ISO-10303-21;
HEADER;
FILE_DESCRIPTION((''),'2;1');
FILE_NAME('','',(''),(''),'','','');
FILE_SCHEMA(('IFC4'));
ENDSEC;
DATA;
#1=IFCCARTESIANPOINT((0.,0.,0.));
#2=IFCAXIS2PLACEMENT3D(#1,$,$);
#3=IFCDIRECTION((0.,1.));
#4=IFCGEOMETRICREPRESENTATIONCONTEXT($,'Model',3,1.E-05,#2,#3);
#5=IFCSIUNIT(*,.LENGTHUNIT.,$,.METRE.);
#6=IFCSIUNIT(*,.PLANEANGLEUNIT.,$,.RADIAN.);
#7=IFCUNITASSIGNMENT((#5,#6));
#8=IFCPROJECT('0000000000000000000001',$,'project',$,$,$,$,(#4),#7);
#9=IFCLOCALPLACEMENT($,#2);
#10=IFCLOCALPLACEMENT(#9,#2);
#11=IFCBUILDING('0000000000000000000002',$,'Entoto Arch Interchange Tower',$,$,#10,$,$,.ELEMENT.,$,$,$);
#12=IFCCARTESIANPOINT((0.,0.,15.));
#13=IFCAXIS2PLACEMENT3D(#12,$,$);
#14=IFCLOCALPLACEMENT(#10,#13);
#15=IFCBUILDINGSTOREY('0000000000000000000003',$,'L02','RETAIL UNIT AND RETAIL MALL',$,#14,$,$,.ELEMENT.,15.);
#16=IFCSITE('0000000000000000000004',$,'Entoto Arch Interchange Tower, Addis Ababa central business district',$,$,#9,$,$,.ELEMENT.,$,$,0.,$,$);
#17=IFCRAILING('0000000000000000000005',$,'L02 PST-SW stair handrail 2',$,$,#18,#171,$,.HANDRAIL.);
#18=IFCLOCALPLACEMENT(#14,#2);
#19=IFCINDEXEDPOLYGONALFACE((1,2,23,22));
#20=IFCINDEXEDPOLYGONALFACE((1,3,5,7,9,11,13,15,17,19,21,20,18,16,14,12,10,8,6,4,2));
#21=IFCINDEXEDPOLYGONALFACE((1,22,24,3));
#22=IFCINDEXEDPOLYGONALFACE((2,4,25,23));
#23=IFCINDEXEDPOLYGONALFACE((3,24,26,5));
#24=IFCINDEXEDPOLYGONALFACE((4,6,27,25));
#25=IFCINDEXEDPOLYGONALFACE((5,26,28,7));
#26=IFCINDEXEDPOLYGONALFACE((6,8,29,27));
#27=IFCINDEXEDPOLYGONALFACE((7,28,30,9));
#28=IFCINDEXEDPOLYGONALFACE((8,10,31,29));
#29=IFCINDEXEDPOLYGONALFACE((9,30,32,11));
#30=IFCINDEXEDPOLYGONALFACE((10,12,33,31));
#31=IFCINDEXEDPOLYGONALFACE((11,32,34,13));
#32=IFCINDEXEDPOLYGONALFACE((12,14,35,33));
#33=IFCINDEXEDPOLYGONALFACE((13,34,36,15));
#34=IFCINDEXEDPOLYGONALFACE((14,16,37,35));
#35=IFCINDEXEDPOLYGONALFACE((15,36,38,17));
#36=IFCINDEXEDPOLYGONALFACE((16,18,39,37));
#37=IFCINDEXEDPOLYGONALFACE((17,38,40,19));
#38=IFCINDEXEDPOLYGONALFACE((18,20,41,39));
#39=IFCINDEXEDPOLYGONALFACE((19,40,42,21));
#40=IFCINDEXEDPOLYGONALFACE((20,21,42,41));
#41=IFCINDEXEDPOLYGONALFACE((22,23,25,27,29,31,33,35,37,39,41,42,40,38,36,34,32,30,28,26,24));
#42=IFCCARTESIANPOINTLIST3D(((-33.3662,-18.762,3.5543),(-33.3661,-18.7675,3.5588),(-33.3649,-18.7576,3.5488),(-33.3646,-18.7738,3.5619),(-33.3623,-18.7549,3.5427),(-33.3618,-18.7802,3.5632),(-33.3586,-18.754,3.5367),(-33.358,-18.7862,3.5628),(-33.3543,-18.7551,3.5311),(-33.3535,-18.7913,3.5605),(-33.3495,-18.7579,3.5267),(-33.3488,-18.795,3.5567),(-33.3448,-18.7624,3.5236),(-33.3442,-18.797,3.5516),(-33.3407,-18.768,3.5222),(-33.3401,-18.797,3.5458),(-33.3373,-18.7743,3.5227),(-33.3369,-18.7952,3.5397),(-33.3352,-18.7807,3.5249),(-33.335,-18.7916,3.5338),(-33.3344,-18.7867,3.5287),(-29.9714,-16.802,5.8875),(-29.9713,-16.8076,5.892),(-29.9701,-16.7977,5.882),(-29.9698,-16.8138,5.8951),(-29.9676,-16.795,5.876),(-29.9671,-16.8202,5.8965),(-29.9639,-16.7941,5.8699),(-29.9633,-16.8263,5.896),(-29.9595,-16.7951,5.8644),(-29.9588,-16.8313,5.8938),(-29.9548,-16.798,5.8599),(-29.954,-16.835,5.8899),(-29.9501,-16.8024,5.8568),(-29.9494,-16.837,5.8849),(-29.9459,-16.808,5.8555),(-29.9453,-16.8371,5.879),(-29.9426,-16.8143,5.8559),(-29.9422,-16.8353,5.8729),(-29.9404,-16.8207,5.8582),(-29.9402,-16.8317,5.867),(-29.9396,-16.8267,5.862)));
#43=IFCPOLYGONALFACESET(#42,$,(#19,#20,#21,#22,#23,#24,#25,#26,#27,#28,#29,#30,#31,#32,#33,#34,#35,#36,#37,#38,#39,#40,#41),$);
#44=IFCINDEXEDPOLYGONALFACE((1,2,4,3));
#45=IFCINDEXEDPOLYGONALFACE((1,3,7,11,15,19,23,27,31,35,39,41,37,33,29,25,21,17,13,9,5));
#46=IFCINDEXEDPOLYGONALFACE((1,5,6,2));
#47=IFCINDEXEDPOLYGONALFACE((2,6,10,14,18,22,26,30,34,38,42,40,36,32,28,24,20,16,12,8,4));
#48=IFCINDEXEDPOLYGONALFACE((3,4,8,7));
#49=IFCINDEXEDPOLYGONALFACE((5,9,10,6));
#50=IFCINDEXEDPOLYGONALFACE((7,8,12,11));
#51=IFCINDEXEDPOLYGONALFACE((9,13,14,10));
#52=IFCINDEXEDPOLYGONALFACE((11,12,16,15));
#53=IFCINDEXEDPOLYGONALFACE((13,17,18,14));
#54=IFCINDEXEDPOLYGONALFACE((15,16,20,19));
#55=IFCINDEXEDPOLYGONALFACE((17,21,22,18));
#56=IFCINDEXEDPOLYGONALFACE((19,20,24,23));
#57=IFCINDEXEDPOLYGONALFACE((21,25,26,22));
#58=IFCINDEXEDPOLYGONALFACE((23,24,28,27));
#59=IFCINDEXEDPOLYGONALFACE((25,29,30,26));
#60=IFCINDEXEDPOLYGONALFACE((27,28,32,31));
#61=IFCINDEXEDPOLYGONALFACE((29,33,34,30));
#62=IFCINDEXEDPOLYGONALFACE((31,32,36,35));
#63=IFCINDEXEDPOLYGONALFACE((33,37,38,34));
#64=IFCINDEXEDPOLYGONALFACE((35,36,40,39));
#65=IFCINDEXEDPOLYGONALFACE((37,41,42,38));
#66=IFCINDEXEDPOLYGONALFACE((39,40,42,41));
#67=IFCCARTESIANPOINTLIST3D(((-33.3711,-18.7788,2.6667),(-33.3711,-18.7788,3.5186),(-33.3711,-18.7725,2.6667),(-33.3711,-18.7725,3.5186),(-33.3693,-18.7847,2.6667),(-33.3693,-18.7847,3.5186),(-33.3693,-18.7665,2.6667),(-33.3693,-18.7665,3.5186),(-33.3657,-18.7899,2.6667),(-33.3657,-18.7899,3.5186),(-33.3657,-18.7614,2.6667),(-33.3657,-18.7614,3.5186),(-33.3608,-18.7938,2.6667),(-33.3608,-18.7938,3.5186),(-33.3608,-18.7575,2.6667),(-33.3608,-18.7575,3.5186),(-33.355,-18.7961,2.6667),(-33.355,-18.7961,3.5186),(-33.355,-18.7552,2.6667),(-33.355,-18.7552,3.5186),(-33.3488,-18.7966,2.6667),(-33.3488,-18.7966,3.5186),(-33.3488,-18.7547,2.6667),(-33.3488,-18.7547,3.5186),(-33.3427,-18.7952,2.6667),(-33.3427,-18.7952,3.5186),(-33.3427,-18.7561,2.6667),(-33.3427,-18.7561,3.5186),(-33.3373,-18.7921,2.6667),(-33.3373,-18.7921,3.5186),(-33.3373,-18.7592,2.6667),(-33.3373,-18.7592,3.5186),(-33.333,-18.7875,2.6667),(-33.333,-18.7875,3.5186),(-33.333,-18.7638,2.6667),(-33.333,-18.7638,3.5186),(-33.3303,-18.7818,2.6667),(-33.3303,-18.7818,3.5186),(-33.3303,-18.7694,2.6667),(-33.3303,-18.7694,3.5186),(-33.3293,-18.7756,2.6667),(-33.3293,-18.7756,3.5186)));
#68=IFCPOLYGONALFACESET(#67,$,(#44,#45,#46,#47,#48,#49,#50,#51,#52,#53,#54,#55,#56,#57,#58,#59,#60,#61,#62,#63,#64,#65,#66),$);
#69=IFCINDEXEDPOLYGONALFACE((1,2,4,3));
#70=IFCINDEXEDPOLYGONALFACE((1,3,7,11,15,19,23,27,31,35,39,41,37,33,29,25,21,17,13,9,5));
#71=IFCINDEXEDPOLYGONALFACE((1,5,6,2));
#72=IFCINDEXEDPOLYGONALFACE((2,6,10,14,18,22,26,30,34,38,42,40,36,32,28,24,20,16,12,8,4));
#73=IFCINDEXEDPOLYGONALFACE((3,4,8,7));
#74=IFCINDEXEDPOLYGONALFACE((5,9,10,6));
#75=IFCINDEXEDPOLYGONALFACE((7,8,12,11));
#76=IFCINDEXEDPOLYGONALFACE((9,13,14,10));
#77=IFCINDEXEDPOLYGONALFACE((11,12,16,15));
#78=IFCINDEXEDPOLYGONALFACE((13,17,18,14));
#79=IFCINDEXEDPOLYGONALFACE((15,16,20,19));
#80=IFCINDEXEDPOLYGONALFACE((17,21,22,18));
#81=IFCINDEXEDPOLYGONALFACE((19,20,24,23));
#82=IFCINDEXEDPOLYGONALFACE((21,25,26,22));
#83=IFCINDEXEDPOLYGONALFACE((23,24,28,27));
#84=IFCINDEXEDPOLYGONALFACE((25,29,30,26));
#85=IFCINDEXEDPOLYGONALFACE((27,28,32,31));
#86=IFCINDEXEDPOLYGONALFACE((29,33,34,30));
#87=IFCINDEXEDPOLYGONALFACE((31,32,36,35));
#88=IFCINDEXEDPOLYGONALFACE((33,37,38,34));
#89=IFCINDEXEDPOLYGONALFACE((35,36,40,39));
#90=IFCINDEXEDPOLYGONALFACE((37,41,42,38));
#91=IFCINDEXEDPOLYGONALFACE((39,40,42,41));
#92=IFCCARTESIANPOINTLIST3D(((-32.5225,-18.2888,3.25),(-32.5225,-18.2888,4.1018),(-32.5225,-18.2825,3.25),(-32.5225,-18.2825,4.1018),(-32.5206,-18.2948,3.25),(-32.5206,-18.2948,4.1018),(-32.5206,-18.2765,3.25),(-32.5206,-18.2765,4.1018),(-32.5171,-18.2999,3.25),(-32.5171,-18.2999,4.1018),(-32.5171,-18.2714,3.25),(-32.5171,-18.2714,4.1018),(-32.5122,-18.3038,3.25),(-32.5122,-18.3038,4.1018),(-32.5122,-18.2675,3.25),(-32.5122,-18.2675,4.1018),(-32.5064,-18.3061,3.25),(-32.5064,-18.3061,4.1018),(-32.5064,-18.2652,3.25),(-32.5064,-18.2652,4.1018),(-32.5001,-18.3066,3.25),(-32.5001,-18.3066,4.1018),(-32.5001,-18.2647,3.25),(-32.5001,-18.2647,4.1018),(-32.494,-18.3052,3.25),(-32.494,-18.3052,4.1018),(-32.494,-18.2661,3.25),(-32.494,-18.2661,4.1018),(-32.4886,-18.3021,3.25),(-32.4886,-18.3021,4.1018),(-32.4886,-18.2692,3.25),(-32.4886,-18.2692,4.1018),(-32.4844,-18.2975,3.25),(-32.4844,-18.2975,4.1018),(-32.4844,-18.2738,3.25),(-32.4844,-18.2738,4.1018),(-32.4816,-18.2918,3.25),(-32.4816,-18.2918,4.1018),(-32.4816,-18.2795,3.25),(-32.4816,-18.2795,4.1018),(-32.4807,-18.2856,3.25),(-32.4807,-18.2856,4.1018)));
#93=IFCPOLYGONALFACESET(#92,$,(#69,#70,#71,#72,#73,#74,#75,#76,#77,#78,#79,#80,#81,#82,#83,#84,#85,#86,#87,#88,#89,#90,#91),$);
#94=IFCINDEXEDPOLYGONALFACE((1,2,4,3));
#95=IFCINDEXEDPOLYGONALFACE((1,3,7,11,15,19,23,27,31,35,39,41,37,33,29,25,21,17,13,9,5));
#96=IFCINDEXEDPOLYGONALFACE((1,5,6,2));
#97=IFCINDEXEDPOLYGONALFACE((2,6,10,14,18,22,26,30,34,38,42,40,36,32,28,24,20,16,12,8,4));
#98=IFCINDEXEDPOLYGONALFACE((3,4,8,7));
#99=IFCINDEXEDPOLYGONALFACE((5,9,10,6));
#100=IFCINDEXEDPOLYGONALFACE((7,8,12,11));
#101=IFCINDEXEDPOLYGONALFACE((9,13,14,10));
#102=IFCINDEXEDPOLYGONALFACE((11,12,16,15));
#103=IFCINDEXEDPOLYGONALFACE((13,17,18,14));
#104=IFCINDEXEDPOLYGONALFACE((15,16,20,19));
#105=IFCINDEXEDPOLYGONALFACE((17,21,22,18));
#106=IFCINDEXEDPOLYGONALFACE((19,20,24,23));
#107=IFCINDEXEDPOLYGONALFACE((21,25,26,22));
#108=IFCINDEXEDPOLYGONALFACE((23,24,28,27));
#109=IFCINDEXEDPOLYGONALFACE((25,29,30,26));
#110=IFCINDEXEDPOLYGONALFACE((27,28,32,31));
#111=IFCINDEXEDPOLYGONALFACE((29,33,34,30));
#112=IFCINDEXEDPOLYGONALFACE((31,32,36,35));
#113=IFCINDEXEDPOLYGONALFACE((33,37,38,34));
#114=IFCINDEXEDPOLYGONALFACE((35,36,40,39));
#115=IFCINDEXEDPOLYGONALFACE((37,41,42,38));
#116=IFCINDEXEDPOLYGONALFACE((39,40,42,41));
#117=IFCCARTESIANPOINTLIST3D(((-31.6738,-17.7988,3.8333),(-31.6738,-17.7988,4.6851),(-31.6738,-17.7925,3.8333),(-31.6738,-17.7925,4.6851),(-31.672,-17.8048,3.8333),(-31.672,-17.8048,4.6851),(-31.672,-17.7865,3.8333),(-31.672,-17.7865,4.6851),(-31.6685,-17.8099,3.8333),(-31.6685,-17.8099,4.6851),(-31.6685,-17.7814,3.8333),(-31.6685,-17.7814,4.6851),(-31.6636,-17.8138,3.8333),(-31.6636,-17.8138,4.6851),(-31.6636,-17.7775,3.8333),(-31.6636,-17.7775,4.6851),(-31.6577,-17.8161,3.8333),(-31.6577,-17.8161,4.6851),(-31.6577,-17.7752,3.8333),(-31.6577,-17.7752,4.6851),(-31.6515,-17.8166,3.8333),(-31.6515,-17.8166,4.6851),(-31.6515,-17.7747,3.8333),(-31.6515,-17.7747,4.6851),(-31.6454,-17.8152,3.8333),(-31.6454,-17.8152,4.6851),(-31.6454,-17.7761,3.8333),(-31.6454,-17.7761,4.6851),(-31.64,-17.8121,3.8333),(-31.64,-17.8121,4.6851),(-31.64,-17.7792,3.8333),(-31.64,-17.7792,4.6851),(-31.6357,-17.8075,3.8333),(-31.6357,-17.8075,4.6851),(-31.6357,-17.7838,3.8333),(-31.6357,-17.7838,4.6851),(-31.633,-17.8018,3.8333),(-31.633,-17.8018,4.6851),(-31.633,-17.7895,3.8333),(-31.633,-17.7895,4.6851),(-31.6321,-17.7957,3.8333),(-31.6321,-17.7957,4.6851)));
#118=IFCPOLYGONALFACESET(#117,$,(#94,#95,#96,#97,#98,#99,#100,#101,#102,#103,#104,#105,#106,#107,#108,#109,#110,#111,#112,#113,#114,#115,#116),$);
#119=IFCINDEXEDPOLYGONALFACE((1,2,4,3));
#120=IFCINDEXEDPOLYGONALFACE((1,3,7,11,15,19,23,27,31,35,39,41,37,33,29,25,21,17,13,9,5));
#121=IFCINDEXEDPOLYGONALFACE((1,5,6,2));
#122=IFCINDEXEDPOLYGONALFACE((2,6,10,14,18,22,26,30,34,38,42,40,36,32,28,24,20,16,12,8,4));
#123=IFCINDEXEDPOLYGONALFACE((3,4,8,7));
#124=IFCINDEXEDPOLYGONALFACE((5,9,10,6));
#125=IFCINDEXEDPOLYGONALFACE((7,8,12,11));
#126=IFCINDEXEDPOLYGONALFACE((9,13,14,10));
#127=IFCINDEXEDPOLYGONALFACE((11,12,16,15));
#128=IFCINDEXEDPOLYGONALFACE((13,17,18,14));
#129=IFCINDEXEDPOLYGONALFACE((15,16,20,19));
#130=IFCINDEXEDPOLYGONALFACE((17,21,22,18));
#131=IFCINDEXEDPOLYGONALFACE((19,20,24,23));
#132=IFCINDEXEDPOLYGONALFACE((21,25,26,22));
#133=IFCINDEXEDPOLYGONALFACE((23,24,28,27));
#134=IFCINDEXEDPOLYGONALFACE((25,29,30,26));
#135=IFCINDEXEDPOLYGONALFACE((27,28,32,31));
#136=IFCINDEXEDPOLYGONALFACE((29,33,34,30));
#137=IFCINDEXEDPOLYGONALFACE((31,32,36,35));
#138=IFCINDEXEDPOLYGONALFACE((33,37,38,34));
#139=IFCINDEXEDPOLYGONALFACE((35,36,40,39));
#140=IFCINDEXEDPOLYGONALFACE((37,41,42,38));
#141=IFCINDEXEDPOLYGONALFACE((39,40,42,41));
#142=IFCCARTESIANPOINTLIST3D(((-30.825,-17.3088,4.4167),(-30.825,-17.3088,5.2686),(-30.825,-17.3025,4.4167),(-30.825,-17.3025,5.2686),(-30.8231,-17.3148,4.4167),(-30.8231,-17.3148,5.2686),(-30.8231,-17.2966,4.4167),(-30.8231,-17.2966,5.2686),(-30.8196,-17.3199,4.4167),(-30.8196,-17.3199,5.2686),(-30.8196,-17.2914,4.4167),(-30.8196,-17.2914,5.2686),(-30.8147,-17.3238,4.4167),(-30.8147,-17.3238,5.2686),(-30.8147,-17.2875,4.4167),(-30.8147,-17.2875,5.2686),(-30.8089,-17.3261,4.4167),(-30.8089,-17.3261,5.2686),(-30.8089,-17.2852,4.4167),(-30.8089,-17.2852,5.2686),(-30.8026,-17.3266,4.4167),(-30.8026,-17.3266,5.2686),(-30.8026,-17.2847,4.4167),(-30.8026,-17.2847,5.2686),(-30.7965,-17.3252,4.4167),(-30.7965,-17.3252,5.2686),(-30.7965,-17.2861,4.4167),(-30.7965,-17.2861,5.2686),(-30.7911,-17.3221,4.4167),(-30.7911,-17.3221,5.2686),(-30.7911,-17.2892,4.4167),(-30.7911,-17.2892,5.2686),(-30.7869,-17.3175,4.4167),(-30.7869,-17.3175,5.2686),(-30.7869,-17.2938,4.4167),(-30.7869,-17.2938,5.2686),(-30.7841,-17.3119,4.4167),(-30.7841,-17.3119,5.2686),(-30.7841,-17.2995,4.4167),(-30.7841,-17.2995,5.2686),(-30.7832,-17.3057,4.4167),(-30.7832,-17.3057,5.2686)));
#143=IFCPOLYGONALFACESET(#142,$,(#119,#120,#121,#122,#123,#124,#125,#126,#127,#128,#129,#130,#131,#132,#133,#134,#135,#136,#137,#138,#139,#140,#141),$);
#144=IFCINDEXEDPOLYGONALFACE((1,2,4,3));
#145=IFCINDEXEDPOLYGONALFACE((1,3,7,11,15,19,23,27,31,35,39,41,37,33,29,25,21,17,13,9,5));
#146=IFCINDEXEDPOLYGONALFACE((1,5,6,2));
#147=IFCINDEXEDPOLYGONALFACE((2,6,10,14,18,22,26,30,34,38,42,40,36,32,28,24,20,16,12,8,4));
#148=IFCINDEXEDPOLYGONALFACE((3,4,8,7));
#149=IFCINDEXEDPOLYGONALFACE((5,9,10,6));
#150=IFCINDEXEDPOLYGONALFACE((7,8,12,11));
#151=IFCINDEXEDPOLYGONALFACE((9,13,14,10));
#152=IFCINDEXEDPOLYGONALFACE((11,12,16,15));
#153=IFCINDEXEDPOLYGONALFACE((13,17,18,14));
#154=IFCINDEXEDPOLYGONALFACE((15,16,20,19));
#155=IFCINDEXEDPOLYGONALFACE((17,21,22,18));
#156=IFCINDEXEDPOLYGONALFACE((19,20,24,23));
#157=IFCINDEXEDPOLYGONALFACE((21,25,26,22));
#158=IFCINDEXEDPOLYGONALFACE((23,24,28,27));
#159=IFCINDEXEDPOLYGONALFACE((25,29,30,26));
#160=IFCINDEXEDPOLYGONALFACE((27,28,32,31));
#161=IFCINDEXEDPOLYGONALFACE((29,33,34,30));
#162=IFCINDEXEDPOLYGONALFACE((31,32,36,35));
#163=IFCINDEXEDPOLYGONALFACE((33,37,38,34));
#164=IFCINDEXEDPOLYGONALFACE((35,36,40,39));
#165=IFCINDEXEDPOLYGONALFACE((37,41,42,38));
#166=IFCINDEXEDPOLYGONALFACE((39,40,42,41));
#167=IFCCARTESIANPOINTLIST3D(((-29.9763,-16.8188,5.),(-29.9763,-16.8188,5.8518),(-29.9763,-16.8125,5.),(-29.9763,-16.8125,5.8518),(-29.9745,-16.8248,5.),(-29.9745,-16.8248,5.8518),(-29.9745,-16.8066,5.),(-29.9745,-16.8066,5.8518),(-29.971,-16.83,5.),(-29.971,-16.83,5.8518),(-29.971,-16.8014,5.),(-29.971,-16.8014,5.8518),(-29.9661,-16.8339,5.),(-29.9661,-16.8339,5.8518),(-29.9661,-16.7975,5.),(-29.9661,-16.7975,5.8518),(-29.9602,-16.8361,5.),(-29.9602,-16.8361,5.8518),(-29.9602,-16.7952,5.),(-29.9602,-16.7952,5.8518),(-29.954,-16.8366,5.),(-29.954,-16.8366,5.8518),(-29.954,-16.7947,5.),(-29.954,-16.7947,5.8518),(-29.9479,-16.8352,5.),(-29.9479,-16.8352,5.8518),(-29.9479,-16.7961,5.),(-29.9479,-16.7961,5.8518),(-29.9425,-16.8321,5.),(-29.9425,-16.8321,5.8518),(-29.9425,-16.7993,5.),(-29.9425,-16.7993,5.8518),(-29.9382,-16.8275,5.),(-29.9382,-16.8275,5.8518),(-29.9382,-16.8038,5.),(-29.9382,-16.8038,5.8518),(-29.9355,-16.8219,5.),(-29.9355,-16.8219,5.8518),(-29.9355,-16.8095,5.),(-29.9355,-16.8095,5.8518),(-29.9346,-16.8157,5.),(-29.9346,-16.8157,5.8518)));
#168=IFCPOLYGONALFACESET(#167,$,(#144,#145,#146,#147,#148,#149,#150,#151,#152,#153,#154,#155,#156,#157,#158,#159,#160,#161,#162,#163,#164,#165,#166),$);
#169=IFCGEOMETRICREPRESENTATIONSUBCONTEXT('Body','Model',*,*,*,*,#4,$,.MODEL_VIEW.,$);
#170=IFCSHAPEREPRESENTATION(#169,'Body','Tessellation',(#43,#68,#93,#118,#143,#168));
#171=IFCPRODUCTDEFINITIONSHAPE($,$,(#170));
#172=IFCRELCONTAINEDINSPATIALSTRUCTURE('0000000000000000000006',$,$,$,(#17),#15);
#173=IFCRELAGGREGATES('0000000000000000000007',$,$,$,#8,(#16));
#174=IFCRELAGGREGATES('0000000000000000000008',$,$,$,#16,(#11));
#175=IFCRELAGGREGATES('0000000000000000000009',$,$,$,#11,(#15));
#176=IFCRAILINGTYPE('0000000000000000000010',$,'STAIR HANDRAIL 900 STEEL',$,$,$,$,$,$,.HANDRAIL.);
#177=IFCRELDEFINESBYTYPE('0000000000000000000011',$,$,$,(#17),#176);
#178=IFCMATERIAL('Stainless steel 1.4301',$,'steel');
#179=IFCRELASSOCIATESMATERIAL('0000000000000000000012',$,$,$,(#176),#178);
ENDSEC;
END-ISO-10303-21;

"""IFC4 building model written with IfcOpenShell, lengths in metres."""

from ifc_helpers import new_model, si_unit, direction, frame, origin, origin_2d, place, context, subcontext, project, spatial, circle, extrude, material, type_object, element, save


model = new_model("IFC4")

# Units and contexts
model_context = context("Model", 3, precision=1e-05, world=origin(), true_north=direction((0.0, 1.0)))
body_context = subcontext(model_context, "Body", "Model", "MODEL_VIEW")
ifc_project = project(units=[si_unit("LENGTHUNIT", "METRE"), si_unit("PLANEANGLEUNIT", "RADIAN")], contexts=[model_context])

# Site, building, storey
site_placement = place(None, origin())
site = spatial("IfcSite", under=ifc_project, at=site_placement, Name="Entoto Arch Interchange Tower, Addis Ababa central business district", CompositionType="ELEMENT", RefElevation=0.0)
building_placement = place(site_placement, origin())
building = spatial("IfcBuilding", under=site, at=building_placement, Name="Entoto Arch Interchange Tower", CompositionType="ELEMENT")
storey_placement = place(building_placement, frame((0.0, 0.0, 15.0)))
storey = spatial("IfcBuildingStorey", under=building, at=storey_placement, Name="L02", Description="RETAIL UNIT AND RETAIL MALL", CompositionType="ELEMENT", Elevation=15.0)

# Railing
ifc_material_1 = material(Name="Stainless steel 1.4301", Category="steel")
railing_type_1 = type_object("IfcRailingType", Name="STAIR HANDRAIL 900 STEEL", PredefinedType="HANDRAIL", material=ifc_material_1)
railing_1_placement = place(storey_placement, frame((-33.3503, -18.7756, 2.6667)))
element("IfcRailing", 1, at=railing_1_placement, inside=storey, type_object=railing_type_1, Name="L02 PST-SW stair handrail 2", PredefinedType="HANDRAIL", context=body_context, shape_type="SweptSolid", body=[
    extrude(circle(Radius=0.0239, at=origin_2d()), frame((0.0, 0.0, 0.876), z_axis=(0.744175, 0.429646, 0.511476), x_axis=(-0.499997, 0.866027, 0.0)), (0.0, 0.0, 1.0), 4.5618),
    extrude(circle(Radius=0.021, at=origin_2d()), origin(), (0.0, 0.0, 1.0), 0.8518),
    extrude(circle(Radius=0.021, at=origin_2d()), frame((0.8486, 0.49, 0.5833)), (0.0, 0.0, 1.0), 0.8518),
    extrude(circle(Radius=0.021, at=origin_2d()), frame((1.6973, 0.98, 1.1665)), (0.0, 0.0, 1.0), 0.8518),
    extrude(circle(Radius=0.021, at=origin_2d()), frame((2.5461, 1.47, 1.75)), (0.0, 0.0, 1.0), 0.8518),
    extrude(circle(Radius=0.021, at=origin_2d()), frame((3.3948, 1.96, 2.3333)), (0.0, 0.0, 1.0), 0.8518),
])

save(model, "model.ifc")
